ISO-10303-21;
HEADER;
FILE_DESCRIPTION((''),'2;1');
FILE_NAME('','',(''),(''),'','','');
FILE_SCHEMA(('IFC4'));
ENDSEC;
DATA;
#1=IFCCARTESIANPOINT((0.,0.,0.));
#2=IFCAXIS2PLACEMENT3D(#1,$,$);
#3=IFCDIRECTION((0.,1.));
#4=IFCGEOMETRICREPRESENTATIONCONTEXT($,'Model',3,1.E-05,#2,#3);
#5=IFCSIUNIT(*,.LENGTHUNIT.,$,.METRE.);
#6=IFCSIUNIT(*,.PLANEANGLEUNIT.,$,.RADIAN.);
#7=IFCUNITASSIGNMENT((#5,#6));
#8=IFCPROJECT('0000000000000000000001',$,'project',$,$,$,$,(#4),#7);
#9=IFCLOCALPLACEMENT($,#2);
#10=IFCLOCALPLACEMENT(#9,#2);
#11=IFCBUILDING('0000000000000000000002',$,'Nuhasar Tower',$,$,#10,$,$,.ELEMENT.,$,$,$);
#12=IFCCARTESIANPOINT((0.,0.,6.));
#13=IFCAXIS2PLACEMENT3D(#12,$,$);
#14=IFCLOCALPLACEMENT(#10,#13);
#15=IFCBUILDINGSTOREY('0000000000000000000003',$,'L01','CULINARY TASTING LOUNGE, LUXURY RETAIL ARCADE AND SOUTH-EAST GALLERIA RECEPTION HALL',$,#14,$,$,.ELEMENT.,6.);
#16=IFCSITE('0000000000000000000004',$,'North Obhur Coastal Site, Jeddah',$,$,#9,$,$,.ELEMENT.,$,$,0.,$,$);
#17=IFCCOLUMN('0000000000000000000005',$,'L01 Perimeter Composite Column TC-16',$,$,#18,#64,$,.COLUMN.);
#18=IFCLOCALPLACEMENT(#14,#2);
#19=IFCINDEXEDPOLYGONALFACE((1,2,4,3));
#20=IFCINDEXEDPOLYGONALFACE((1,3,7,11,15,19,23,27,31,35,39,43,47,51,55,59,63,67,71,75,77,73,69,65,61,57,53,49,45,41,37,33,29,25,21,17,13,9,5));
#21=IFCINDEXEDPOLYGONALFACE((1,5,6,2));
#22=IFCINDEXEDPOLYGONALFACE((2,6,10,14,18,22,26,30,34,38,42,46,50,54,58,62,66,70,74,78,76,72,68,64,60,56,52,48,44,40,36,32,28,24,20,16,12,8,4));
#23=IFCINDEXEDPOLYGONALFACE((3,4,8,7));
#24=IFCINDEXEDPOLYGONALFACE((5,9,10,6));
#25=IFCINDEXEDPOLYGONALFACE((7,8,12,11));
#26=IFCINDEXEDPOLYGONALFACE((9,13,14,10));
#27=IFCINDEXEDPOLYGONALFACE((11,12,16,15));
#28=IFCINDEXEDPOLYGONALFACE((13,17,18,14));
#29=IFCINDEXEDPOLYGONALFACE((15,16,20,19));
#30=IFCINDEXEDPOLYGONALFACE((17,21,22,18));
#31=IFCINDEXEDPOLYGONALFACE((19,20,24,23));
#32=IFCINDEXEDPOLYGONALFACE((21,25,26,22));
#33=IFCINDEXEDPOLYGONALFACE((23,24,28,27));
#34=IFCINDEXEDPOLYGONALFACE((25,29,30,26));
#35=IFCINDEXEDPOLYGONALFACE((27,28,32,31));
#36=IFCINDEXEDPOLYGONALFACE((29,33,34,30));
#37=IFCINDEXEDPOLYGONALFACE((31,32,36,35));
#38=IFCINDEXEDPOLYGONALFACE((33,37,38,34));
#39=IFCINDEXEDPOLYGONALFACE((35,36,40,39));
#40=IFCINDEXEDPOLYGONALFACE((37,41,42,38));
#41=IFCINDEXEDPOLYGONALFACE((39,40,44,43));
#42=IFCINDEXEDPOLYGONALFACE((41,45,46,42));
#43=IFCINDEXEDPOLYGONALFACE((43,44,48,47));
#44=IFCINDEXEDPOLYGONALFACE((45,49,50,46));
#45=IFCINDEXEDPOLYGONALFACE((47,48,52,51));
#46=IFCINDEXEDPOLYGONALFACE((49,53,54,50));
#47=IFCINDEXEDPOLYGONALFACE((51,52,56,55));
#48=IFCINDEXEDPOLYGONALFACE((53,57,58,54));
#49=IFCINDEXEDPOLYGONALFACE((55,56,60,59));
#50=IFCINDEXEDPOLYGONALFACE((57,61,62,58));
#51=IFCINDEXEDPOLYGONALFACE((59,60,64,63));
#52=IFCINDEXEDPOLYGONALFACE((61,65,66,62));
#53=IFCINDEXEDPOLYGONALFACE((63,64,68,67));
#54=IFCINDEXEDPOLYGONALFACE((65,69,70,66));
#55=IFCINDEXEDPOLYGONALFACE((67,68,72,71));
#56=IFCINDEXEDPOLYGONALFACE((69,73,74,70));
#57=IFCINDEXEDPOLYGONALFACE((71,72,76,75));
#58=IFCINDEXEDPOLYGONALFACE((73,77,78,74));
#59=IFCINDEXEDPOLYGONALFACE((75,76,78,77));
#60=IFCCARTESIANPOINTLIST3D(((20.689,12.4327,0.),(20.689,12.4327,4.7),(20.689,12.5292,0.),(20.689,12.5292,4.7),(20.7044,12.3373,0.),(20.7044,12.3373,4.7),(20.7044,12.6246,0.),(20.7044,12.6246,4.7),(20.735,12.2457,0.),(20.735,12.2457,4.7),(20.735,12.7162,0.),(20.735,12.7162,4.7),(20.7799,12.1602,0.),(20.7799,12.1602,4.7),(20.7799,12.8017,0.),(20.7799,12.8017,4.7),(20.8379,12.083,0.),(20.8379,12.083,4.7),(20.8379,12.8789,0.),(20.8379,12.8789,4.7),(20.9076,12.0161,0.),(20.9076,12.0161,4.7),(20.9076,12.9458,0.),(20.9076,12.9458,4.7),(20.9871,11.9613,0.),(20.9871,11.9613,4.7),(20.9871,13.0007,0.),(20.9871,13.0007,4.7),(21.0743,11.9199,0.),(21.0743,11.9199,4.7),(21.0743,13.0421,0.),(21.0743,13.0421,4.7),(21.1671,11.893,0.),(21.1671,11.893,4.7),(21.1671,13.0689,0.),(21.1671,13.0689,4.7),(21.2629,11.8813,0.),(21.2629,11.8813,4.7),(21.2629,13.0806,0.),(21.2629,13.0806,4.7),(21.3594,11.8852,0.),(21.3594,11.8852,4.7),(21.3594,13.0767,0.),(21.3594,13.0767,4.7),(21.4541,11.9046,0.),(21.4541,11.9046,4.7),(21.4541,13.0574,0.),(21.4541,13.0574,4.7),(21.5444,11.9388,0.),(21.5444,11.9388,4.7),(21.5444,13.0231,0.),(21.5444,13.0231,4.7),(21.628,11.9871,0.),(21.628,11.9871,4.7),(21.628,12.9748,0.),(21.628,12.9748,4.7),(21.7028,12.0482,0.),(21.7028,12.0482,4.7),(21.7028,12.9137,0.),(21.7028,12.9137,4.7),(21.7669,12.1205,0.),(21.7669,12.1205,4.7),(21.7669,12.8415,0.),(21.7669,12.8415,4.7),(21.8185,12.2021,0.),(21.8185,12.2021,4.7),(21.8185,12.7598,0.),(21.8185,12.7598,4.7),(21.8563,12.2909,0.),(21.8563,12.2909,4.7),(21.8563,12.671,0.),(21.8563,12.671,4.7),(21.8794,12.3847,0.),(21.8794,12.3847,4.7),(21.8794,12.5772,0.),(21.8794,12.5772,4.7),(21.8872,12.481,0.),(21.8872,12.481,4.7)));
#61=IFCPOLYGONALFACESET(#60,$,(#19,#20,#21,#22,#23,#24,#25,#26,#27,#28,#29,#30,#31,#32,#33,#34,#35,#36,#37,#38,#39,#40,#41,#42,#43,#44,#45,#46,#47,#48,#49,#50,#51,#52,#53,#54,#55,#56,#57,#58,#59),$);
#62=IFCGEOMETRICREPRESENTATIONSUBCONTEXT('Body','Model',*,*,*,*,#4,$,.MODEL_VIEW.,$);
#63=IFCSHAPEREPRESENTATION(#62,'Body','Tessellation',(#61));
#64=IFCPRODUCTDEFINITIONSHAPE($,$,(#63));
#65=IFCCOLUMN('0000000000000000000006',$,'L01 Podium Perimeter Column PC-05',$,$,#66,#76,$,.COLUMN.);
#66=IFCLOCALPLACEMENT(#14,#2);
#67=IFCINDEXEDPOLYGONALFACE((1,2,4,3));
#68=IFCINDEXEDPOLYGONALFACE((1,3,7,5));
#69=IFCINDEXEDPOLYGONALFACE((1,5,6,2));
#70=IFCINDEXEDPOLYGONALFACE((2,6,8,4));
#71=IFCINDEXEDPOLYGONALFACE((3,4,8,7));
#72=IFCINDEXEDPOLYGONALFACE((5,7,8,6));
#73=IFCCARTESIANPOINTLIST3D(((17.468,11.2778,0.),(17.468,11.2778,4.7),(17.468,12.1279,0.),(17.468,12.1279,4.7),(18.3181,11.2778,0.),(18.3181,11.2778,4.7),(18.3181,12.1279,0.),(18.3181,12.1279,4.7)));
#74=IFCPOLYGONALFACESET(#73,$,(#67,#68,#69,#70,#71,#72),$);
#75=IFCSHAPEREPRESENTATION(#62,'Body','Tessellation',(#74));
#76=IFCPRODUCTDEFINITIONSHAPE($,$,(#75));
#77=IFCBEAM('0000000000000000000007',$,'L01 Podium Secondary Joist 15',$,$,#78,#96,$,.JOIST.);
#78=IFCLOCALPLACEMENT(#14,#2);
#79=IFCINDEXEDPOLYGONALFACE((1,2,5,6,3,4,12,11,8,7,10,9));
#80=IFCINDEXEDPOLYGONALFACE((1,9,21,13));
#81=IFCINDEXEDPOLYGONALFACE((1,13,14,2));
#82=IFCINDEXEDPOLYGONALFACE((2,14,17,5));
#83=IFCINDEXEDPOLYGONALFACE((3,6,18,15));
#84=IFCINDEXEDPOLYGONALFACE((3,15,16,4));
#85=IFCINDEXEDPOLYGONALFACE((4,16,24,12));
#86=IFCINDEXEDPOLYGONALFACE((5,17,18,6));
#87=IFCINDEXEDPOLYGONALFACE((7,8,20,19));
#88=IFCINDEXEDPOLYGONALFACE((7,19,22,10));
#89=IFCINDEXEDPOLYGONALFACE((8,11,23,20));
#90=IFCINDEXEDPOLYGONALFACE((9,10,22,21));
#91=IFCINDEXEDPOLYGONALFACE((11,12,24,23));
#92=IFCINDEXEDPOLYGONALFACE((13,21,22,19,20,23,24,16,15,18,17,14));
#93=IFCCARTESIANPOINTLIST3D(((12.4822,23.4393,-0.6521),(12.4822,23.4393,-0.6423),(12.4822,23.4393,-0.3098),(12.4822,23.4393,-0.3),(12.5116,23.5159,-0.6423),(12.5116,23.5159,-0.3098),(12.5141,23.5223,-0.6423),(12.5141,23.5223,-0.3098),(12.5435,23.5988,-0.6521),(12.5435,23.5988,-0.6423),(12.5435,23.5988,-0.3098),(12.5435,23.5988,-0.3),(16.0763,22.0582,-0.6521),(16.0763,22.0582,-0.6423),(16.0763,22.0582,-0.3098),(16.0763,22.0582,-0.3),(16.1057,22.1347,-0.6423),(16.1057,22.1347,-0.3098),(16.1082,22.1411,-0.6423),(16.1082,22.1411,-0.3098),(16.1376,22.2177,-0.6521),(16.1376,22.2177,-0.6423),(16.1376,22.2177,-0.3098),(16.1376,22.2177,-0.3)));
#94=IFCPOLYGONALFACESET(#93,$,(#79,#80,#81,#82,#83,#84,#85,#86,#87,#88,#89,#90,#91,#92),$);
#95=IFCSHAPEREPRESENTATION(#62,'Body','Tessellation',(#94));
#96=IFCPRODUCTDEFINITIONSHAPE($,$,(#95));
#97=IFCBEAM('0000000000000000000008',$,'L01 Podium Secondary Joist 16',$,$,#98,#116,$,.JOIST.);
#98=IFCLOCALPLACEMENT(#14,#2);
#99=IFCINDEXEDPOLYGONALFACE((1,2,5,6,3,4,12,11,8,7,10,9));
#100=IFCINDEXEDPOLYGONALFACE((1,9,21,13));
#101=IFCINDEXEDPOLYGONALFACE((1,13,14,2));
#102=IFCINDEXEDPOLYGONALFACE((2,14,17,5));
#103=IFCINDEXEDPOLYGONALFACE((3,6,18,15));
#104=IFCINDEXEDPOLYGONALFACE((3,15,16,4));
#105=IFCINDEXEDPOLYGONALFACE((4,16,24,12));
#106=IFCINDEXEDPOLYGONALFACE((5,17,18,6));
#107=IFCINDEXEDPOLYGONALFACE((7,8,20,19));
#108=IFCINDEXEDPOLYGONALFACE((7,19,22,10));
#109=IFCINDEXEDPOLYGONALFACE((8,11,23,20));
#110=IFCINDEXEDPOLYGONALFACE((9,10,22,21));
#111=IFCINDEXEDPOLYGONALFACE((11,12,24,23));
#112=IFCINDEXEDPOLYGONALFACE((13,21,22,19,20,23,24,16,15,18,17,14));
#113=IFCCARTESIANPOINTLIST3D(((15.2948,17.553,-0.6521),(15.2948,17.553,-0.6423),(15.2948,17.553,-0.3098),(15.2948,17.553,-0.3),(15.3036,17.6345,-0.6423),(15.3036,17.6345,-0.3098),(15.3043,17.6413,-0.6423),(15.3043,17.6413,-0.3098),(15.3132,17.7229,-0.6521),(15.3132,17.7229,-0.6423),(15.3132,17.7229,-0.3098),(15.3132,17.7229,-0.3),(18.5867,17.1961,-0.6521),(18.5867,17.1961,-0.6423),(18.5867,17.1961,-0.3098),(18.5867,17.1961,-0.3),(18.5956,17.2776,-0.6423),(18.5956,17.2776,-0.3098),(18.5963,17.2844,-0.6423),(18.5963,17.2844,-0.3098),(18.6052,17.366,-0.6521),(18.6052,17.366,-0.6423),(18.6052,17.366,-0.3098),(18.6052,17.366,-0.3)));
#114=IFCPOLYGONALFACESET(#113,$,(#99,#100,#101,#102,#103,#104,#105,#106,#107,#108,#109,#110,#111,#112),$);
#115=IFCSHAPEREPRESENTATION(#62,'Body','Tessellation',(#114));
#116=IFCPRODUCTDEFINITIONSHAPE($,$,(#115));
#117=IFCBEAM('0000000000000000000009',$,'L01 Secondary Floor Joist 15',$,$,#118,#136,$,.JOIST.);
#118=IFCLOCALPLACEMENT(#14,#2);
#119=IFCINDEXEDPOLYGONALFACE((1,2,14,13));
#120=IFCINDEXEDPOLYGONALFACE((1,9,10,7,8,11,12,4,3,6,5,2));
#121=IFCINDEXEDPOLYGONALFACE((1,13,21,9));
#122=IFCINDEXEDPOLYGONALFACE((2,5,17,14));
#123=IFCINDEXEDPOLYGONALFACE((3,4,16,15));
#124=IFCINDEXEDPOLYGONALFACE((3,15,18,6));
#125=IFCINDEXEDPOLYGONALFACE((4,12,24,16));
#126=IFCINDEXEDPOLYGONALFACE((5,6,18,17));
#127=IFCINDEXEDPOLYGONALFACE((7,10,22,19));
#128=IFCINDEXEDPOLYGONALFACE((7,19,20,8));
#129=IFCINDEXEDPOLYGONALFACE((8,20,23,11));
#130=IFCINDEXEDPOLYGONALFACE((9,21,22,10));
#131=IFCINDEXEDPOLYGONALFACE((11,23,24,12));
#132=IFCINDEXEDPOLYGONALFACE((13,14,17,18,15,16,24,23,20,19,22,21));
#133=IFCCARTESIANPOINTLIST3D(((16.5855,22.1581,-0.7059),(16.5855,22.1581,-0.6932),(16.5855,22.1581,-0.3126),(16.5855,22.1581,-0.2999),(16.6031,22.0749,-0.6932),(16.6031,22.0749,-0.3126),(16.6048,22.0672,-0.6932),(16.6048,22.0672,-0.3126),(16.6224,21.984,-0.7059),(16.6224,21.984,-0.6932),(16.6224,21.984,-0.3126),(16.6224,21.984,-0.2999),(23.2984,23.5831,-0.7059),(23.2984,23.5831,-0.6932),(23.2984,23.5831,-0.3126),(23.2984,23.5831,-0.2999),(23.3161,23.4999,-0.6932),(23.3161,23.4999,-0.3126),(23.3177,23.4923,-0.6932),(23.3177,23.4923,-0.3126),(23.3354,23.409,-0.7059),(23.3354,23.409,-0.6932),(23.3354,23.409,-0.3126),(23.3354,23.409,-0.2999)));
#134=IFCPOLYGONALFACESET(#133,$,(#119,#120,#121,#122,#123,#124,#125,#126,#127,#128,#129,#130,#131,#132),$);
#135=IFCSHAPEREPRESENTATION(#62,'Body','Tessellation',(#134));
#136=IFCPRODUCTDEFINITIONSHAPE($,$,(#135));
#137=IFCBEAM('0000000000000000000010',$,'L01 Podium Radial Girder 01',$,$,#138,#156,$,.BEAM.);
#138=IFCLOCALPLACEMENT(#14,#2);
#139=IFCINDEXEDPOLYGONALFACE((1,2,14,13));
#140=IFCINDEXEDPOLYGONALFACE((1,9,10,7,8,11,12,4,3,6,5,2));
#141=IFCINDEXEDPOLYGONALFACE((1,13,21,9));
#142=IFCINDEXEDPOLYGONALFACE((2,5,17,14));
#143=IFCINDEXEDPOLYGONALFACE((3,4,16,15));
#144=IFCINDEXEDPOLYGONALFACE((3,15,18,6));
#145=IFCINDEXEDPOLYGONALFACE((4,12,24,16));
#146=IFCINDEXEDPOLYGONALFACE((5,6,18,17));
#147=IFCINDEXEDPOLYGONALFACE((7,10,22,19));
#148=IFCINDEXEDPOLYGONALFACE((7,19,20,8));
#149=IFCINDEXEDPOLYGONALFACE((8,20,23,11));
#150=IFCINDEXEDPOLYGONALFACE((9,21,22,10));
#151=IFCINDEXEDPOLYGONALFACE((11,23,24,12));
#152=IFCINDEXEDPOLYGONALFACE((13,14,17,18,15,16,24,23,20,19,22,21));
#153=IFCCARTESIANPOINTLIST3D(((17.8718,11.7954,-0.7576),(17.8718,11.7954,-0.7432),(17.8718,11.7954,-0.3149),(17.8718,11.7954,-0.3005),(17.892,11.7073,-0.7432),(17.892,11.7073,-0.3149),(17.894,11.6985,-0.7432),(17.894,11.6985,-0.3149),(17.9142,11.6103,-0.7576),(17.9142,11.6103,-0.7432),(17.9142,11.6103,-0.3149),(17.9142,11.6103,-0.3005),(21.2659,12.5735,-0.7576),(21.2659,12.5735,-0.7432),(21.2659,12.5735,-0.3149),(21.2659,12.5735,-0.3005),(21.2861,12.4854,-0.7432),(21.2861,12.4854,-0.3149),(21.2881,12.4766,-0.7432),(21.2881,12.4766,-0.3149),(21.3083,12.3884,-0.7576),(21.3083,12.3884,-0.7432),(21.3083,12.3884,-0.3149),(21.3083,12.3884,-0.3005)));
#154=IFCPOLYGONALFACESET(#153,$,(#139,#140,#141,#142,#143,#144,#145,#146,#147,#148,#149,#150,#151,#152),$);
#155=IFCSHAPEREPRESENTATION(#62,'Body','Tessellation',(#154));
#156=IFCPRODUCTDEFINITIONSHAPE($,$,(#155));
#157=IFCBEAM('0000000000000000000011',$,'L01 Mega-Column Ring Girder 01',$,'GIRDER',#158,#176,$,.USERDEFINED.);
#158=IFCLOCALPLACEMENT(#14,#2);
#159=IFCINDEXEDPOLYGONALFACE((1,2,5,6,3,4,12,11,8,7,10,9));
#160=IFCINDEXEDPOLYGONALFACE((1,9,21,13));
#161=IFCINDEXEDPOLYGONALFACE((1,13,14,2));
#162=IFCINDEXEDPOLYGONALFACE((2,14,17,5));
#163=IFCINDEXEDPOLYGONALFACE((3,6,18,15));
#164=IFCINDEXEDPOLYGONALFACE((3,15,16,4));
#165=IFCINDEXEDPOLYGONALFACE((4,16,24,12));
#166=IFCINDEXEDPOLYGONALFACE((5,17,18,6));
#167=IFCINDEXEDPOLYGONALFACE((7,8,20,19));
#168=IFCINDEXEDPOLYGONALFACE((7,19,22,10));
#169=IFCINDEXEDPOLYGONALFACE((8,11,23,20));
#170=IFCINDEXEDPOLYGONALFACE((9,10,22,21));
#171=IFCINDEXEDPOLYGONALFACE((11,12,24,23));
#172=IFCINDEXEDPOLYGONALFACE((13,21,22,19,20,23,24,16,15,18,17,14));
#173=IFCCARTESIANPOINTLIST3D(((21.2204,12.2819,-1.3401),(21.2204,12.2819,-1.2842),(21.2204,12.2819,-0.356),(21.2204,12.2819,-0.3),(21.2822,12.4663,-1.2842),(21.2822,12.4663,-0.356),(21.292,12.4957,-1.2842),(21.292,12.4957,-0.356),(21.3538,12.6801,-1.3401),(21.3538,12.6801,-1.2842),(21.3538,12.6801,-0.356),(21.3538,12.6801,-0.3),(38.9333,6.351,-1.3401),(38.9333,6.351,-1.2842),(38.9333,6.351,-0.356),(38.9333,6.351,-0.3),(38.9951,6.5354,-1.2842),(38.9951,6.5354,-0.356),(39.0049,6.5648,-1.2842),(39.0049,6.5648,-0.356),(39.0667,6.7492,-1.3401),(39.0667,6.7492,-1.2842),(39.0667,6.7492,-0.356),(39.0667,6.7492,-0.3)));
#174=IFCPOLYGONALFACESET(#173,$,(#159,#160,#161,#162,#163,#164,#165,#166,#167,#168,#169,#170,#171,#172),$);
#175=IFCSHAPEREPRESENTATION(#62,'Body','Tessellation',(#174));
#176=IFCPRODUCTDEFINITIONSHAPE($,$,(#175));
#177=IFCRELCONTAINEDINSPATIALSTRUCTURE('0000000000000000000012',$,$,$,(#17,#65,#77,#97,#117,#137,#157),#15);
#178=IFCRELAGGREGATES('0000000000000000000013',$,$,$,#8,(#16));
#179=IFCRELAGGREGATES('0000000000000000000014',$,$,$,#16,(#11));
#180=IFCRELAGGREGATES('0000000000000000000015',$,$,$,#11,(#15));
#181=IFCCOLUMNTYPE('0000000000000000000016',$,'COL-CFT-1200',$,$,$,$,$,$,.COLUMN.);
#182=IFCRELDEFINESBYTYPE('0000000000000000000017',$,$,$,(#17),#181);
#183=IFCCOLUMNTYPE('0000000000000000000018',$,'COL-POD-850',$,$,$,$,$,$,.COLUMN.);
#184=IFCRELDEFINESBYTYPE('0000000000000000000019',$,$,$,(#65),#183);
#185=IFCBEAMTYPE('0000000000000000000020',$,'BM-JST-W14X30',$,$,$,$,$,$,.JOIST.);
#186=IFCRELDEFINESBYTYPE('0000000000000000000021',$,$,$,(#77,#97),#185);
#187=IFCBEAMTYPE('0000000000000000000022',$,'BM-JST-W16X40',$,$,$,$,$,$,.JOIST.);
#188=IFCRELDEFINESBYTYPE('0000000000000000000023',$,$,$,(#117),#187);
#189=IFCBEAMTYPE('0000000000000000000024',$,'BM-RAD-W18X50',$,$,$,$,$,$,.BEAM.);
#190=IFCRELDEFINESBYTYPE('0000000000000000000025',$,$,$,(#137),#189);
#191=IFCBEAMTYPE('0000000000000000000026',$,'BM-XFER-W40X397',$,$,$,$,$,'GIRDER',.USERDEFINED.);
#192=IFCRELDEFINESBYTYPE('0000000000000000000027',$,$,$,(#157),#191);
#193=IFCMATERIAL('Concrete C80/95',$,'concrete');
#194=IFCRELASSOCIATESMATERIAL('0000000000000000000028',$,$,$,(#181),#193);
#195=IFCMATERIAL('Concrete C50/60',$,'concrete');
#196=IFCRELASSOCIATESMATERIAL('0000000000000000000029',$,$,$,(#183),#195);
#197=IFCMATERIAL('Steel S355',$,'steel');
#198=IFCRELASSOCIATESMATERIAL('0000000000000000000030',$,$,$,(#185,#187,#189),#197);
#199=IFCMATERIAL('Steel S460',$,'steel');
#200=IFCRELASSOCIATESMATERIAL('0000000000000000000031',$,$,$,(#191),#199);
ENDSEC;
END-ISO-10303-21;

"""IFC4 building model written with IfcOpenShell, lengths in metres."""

from ifc_helpers import new_model, si_unit, direction, frame, origin, origin_2d, place, context, subcontext, project, spatial, rectangle, circle, i_section, extrude, material, material_profile, profile_set, type_object, element, save


model = new_model("IFC4")

# Units and contexts
model_context = context("Model", 3, precision=1e-05, world=origin(), true_north=direction((0.0, 1.0)))
body_context = subcontext(model_context, "Body", "Model", "MODEL_VIEW")
ifc_project = project(units=[si_unit("LENGTHUNIT", "METRE"), si_unit("PLANEANGLEUNIT", "RADIAN")], contexts=[model_context])

# Site, building, storey
site_placement = place(None, origin())
site = spatial("IfcSite", under=ifc_project, at=site_placement, Name="North Obhur Coastal Site, Jeddah", CompositionType="ELEMENT", RefElevation=0.0)
building_placement = place(site_placement, origin())
building = spatial("IfcBuilding", under=site, at=building_placement, Name="Nuhasar Tower", CompositionType="ELEMENT")
storey_placement = place(building_placement, frame((0.0, 0.0, 6.0)))
storey = spatial("IfcBuildingStorey", under=building, at=storey_placement, Name="L01", Description="CULINARY TASTING LOUNGE, LUXURY RETAIL ARCADE AND SOUTH-EAST GALLERIA RECEPTION HALL", CompositionType="ELEMENT", Elevation=6.0)

# Columns
ifc_material_1 = material(Name="Concrete C80/95", Category="concrete")
ifc_material_profile_1 = material_profile(ifc_material_1, circle(Radius=0.6001, at=origin_2d()), Name="CFT1200")
ifc_profile_set_1 = profile_set([ifc_material_profile_1], Name="Concrete C80/95")
column_type_1 = type_object("IfcColumnType", Name="COL-CFT-1200", PredefinedType="COLUMN", material=ifc_profile_set_1)
column_1_placement = place(storey_placement, frame((21.2871, 12.481, 0.0), z_axis=(0.0, 0.0, 1.0), x_axis=(1.0, 0.0, 0.0)))
element("IfcColumn", 1, at=column_1_placement, inside=storey, type_object=column_type_1, Name="L01 Perimeter Composite Column TC-16", PredefinedType="COLUMN", context=body_context, shape_type="SweptSolid", body=[
    extrude(circle(Radius=0.6001, at=origin_2d()), origin(), (0.0, 0.0, 1.0), 4.7),
])
ifc_material_2 = material(Name="Concrete C50/60", Category="concrete")
ifc_material_profile_2 = material_profile(ifc_material_2, rectangle(XDim=0.8501, YDim=0.8501, at=origin_2d()), Name="RC850X850")
ifc_profile_set_2 = profile_set([ifc_material_profile_2], Name="Concrete C50/60")
column_type_2 = type_object("IfcColumnType", Name="COL-POD-850", PredefinedType="COLUMN", material=ifc_profile_set_2)
column_2_placement = place(storey_placement, frame((17.8931, 11.7029, 0.0), z_axis=(0.0, 0.0, 1.0), x_axis=(1.0, 0.0, 0.0)))
element("IfcColumn", 2, at=column_2_placement, inside=storey, type_object=column_type_2, Name="L01 Podium Perimeter Column PC-05", PredefinedType="COLUMN", context=body_context, shape_type="SweptSolid", body=[
    extrude(rectangle(XDim=0.8501, YDim=0.8501, at=origin_2d()), origin(), (0.0, 0.0, 1.0), 4.7),
])

# Beams
ifc_material_3 = material(Name="Steel S355", Category="steel")
ifc_material_profile_3 = material_profile(ifc_material_3, i_section(OverallWidth=0.1709, OverallDepth=0.3521, WebThickness=0.0068, FlangeThickness=0.0098, at=origin_2d()), Name="W14X30")
ifc_profile_set_3 = profile_set([ifc_material_profile_3], Name="Steel S355")
beam_type_1 = type_object("IfcBeamType", Name="BM-JST-W14X30", PredefinedType="JOIST", material=ifc_profile_set_3)
beam_1_placement = place(storey_placement, frame((16.1069, 22.1379, -0.4761), z_axis=(-0.93345, 0.358707, 0.0), x_axis=(-0.358707, -0.93345, 0.0)))
element("IfcBeam", 3, at=beam_1_placement, inside=storey, type_object=beam_type_1, Name="L01 Podium Secondary Joist 15", PredefinedType="JOIST", context=body_context, shape_type="SweptSolid", body=[
    extrude(i_section(OverallWidth=0.1709, OverallDepth=0.3521, WebThickness=0.0068, FlangeThickness=0.0098, at=origin_2d()), origin(), (0.0, 0.0, 1.0), 3.8503),
])
beam_2_placement = place(storey_placement, frame((18.5959, 17.281, -0.4761), z_axis=(-0.994173, 0.107793, 0.0), x_axis=(-0.107793, -0.994173, 0.0)))
element("IfcBeam", 4, at=beam_2_placement, inside=storey, type_object=beam_type_1, Name="L01 Podium Secondary Joist 16", PredefinedType="JOIST", context=body_context, shape_type="SweptSolid", body=[
    extrude(i_section(OverallWidth=0.1709, OverallDepth=0.3521, WebThickness=0.0068, FlangeThickness=0.0098, at=origin_2d()), origin(), (0.0, 0.0, 1.0), 3.3113),
])
ifc_material_profile_4 = material_profile(ifc_material_3, i_section(OverallWidth=0.178, OverallDepth=0.406, WebThickness=0.0078, FlangeThickness=0.0127, at=origin_2d()), Name="W16X40")
ifc_profile_set_4 = profile_set([ifc_material_profile_4], Name="Steel S355")
beam_type_2 = type_object("IfcBeamType", Name="BM-JST-W16X40", PredefinedType="JOIST", material=ifc_profile_set_4)
beam_3_placement = place(storey_placement, frame((23.3169, 23.4961, -0.5029), z_axis=(-0.978202, -0.207658, 0.0), x_axis=(0.207658, -0.978202, 0.0)))
element("IfcBeam", 5, at=beam_3_placement, inside=storey, type_object=beam_type_2, Name="L01 Secondary Floor Joist 15", PredefinedType="JOIST", context=body_context, shape_type="SweptSolid", body=[
    extrude(i_section(OverallWidth=0.178, OverallDepth=0.406, WebThickness=0.0078, FlangeThickness=0.0127, at=origin_2d()), origin(), (0.0, 0.0, 1.0), 6.8625),
])
ifc_material_profile_5 = material_profile(ifc_material_3, i_section(OverallWidth=0.1899, OverallDepth=0.457, WebThickness=0.009, FlangeThickness=0.0144, at=origin_2d()), Name="W18X50")
ifc_profile_set_5 = profile_set([ifc_material_profile_5], Name="Steel S355")
beam_type_3 = type_object("IfcBeamType", Name="BM-RAD-W18X50", PredefinedType="BEAM", material=ifc_profile_set_5)
beam_4_placement = place(storey_placement, frame((21.2871, 12.481, -0.5291), z_axis=(-0.974715, -0.223451, 0.0), x_axis=(0.223451, -0.974715, 0.0)))
element("IfcBeam", 6, at=beam_4_placement, inside=storey, type_object=beam_type_3, Name="L01 Podium Radial Girder 01", PredefinedType="BEAM", context=body_context, shape_type="SweptSolid", body=[
    extrude(i_section(OverallWidth=0.1899, OverallDepth=0.457, WebThickness=0.009, FlangeThickness=0.0144, at=origin_2d()), origin(), (0.0, 0.0, 1.0), 3.4822),
])
ifc_material_4 = material(Name="Steel S460", Category="steel")
ifc_material_profile_6 = material_profile(ifc_material_4, i_section(OverallWidth=0.4199, OverallDepth=1.04, WebThickness=0.031, FlangeThickness=0.0559, at=origin_2d()), Name="W40X397")
ifc_profile_set_6 = profile_set([ifc_material_profile_6], Name="Steel S460")
beam_type_4 = type_object("IfcBeamType", Name="BM-XFER-W40X397", ElementType="GIRDER", PredefinedType="USERDEFINED", material=ifc_profile_set_6)
beam_5_placement = place(storey_placement, frame((21.2871, 12.481, -0.8201), z_axis=(0.948255, -0.31751, 0.0), x_axis=(0.31751, 0.948255, 0.0)))
element("IfcBeam", 7, at=beam_5_placement, inside=storey, type_object=beam_type_4, Name="L01 Mega-Column Ring Girder 01", ObjectType="GIRDER", PredefinedType="USERDEFINED", context=body_context, shape_type="SweptSolid", body=[
    extrude(i_section(OverallWidth=0.4199, OverallDepth=1.04, WebThickness=0.031, FlangeThickness=0.0559, at=origin_2d()), origin(), (0.0, 0.0, 1.0), 18.6794),
])

save(model, "model.ifc")
